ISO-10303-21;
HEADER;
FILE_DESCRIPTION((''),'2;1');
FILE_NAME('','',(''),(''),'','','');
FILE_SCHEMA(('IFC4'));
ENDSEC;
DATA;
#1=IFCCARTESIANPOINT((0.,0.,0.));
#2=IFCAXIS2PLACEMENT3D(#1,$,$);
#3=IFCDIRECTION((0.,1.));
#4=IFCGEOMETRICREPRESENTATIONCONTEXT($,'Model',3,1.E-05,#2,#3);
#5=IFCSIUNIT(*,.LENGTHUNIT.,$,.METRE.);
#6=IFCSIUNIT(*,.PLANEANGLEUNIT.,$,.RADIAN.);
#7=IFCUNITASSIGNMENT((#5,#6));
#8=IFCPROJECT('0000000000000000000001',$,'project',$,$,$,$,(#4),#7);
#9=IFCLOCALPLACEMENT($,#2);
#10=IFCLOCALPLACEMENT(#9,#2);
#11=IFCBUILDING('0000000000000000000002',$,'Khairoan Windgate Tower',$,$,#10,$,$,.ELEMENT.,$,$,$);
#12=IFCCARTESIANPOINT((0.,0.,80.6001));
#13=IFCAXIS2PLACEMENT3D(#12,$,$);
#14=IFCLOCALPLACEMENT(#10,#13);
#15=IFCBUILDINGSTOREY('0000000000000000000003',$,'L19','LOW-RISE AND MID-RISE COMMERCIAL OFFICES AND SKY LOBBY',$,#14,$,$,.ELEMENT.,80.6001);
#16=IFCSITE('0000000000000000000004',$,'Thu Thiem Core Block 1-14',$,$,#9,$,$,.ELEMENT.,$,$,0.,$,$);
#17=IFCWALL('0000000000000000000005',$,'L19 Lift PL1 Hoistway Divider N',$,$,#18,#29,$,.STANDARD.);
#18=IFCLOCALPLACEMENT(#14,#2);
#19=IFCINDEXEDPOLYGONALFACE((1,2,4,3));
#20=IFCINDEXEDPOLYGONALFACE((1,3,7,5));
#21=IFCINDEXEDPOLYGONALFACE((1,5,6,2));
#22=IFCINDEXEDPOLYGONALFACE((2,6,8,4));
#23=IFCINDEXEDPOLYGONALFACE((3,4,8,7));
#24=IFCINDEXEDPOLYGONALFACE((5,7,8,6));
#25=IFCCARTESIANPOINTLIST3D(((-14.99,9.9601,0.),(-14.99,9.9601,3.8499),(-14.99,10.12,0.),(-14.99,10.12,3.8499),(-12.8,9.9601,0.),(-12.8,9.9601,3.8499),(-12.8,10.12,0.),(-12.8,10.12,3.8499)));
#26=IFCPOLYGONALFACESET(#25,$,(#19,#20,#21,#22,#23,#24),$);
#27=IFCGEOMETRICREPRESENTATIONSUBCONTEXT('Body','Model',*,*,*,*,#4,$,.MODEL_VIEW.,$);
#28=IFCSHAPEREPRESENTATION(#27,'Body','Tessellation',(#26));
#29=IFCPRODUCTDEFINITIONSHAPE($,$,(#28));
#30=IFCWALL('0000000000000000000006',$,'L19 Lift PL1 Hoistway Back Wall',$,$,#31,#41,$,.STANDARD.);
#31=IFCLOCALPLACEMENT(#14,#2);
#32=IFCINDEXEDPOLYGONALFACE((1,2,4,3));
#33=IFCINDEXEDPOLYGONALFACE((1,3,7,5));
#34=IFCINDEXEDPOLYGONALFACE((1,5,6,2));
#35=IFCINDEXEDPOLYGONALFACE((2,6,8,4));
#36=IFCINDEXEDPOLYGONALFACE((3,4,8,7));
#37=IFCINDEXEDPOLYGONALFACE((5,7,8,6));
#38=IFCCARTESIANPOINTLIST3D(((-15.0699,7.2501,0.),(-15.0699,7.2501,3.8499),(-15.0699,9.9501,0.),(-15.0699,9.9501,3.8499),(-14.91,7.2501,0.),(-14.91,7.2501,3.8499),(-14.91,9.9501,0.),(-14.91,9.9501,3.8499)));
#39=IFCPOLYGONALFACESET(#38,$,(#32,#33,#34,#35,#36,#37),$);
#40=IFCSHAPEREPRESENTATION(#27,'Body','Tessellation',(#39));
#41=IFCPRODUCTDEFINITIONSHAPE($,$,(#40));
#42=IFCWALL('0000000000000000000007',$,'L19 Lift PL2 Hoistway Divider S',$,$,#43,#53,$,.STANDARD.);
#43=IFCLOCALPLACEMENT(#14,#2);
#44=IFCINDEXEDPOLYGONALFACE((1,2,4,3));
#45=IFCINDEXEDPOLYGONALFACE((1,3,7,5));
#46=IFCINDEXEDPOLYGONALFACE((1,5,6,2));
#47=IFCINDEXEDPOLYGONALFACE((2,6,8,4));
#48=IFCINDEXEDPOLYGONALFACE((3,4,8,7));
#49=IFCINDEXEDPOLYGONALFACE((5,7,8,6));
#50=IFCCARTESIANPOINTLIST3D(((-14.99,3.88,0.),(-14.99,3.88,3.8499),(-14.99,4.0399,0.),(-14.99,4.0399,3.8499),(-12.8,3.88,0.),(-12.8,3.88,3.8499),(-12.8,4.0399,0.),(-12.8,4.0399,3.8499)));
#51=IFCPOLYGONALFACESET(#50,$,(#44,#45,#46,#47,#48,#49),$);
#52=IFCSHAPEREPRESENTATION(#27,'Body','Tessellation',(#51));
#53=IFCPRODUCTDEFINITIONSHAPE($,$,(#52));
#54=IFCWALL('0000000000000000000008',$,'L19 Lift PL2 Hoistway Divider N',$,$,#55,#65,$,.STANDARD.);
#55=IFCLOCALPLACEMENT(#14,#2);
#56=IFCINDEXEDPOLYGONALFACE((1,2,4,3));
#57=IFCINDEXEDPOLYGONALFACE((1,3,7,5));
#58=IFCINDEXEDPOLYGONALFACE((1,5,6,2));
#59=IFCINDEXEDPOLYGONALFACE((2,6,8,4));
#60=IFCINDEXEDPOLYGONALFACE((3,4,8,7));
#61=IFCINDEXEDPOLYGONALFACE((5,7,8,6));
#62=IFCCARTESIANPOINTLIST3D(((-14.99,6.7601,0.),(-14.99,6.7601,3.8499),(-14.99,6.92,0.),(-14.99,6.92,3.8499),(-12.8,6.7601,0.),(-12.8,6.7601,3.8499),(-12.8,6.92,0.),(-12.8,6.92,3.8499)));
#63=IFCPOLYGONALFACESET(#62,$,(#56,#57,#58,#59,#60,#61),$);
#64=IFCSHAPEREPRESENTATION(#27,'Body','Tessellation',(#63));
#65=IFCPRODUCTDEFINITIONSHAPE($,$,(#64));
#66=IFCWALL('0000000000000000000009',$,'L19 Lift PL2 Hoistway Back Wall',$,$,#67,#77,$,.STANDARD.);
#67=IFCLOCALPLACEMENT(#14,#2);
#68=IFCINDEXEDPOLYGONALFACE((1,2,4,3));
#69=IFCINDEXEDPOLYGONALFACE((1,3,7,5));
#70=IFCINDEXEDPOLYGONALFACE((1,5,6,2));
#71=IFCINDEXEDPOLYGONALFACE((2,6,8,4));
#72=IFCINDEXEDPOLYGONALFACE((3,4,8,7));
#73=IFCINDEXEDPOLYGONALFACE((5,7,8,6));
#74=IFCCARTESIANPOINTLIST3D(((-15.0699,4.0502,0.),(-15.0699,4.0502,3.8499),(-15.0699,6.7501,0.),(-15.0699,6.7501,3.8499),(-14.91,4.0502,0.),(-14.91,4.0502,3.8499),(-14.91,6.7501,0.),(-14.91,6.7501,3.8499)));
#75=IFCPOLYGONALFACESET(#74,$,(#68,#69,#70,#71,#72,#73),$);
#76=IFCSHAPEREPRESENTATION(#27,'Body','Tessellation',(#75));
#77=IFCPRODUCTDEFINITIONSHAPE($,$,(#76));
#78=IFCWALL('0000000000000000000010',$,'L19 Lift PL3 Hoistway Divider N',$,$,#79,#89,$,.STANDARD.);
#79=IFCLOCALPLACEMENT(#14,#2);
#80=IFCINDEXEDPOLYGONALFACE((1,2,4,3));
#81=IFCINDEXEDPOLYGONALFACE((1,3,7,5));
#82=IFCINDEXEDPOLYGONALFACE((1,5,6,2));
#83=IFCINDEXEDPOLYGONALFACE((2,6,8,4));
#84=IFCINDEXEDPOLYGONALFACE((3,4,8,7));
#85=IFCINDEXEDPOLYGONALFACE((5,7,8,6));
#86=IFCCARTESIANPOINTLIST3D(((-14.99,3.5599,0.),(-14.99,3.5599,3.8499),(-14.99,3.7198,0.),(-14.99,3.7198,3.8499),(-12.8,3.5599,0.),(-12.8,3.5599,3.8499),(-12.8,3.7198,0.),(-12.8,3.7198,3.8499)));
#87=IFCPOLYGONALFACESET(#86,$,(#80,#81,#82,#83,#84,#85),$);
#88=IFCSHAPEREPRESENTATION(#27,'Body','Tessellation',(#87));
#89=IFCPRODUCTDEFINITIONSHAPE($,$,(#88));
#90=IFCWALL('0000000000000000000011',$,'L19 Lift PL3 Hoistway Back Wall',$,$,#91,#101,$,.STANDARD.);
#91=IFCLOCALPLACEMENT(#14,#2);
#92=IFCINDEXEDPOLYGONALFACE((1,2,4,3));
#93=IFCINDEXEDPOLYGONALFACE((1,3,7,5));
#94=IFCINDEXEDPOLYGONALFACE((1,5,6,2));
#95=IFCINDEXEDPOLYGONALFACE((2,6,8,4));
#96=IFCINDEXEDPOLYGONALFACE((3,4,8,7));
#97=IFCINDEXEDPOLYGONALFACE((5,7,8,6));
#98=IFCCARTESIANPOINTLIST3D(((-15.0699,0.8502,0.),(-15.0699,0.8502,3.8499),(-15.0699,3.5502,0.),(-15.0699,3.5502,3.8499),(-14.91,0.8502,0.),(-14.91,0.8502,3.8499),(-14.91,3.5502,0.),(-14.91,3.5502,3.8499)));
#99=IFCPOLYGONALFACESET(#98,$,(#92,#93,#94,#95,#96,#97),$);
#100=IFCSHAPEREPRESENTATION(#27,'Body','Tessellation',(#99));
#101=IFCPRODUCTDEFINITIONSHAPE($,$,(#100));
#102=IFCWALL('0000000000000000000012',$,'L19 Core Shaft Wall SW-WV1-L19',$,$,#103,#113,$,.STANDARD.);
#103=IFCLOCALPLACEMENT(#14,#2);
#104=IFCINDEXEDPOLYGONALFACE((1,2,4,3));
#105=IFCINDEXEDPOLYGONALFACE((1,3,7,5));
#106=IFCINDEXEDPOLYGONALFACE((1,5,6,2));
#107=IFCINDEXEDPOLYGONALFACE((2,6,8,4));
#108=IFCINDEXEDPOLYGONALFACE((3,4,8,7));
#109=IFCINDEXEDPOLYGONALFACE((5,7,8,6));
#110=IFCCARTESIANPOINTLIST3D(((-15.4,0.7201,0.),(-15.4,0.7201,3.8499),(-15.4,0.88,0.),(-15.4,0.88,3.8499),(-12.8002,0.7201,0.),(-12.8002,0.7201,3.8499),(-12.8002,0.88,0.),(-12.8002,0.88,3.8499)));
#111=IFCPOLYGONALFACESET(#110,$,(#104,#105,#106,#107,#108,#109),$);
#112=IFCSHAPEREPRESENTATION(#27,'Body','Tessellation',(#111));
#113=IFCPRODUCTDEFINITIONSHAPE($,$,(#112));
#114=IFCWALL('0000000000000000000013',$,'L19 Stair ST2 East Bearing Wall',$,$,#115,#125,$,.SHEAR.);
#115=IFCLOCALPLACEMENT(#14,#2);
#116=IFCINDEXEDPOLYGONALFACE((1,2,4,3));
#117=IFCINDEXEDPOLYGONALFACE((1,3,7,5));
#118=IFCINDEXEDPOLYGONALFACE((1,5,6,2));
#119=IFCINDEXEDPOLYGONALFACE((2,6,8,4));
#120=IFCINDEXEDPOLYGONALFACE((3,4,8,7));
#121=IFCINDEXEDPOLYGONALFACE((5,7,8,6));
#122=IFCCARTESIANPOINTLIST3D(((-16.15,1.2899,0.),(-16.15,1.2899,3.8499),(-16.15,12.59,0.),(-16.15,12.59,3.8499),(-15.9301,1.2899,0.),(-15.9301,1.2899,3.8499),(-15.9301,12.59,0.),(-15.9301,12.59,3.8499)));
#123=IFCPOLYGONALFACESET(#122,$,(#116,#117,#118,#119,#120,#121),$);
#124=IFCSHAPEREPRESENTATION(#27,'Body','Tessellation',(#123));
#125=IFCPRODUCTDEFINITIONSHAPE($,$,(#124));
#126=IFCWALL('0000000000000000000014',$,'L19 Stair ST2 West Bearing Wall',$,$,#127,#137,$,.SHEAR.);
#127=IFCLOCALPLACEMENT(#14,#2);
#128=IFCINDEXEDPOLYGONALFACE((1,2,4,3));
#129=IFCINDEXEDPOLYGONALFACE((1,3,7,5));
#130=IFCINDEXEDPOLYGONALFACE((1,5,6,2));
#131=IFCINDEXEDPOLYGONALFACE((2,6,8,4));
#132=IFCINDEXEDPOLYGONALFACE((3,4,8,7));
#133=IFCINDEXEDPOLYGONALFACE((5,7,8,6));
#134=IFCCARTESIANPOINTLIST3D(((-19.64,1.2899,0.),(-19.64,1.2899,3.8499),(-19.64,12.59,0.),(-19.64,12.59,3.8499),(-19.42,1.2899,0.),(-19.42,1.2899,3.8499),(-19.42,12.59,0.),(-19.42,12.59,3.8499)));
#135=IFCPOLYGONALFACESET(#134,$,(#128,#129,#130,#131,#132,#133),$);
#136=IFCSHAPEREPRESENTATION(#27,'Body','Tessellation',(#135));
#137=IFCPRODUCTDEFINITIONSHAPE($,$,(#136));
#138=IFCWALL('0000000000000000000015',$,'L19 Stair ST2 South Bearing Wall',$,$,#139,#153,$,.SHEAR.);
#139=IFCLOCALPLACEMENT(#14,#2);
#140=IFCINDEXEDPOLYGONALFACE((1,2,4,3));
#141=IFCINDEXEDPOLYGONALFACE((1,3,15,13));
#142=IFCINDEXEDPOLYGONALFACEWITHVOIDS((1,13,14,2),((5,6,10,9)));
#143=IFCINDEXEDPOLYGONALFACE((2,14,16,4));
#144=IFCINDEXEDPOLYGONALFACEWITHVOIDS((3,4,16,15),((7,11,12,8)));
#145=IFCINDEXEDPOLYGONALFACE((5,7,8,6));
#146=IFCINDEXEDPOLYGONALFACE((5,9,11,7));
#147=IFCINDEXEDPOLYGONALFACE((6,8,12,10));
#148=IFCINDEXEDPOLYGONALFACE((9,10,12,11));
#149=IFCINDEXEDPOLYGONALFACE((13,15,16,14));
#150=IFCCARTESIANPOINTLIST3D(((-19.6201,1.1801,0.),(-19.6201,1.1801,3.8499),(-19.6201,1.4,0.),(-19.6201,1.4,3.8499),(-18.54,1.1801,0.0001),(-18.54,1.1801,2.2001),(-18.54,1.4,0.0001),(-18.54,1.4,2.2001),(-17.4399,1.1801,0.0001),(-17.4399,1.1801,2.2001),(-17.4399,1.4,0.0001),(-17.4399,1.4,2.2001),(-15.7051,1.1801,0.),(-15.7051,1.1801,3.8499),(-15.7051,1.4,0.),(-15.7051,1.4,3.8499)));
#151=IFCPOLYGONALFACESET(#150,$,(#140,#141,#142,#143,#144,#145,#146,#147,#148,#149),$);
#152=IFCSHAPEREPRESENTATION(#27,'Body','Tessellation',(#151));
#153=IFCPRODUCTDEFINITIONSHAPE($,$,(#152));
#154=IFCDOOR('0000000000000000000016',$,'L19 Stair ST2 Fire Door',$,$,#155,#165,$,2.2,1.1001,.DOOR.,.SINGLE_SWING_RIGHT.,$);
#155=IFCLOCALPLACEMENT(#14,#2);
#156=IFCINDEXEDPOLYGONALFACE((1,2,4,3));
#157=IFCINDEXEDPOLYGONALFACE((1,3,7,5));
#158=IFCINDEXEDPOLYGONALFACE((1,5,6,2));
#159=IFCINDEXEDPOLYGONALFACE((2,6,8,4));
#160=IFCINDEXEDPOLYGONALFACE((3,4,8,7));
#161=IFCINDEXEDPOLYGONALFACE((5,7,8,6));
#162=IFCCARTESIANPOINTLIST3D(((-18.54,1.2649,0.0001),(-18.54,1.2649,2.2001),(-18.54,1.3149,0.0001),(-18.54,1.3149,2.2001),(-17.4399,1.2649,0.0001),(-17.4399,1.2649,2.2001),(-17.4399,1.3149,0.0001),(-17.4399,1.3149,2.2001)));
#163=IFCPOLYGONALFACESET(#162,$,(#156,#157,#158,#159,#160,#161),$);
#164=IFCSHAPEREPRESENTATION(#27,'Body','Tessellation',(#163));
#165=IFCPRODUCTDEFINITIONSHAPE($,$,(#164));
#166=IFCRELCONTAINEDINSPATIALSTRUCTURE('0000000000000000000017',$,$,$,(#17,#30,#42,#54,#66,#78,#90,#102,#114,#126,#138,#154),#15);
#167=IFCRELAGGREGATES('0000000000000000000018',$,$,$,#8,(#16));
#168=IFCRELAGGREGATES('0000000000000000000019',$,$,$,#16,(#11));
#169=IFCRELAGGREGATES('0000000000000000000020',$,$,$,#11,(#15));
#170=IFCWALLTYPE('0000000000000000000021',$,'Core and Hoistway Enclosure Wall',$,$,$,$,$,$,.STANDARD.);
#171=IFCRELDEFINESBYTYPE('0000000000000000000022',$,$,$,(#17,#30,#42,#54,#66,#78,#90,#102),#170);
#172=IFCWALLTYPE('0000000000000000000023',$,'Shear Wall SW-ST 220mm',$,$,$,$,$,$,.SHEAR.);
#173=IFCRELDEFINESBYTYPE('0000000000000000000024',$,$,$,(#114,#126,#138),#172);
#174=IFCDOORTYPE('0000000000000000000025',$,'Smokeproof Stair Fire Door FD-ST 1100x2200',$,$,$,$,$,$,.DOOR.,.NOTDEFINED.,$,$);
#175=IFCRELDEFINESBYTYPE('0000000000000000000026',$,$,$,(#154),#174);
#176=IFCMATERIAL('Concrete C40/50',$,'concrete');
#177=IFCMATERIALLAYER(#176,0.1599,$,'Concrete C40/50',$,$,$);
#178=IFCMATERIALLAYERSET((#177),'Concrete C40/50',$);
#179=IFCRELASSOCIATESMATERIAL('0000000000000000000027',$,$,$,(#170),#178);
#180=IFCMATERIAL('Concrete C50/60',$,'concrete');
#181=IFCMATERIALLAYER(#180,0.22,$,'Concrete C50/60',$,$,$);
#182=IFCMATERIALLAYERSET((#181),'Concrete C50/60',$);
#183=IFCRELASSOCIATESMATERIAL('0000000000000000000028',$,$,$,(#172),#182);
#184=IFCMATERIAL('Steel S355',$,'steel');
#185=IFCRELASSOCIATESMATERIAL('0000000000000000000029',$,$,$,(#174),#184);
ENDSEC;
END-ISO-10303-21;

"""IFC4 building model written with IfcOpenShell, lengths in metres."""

from ifc_helpers import new_model, si_unit, direction, frame, frame_2d, origin, place, context, subcontext, project, spatial, rectangle, extrude, material, layer, layer_set, type_object, element, fill, save


model = new_model("IFC4")

# Units and contexts
model_context = context("Model", 3, precision=1e-05, world=origin(), true_north=direction((0.0, 1.0)))
body_context = subcontext(model_context, "Body", "Model", "MODEL_VIEW")
ifc_project = project(units=[si_unit("LENGTHUNIT", "METRE"), si_unit("PLANEANGLEUNIT", "RADIAN")], contexts=[model_context])

# Site, building, storey
site_placement = place(None, origin())
site = spatial("IfcSite", under=ifc_project, at=site_placement, Name="Thu Thiem Core Block 1-14", CompositionType="ELEMENT", RefElevation=0.0)
building_placement = place(site_placement, origin())
building = spatial("IfcBuilding", under=site, at=building_placement, Name="Khairoan Windgate Tower", CompositionType="ELEMENT")
storey_placement = place(building_placement, frame((0.0, 0.0, 80.6001)))
storey = spatial("IfcBuildingStorey", under=building, at=storey_placement, Name="L19", Description="LOW-RISE AND MID-RISE COMMERCIAL OFFICES AND SKY LOBBY", CompositionType="ELEMENT", Elevation=80.6001)

# Walls
ifc_material_1 = material(Name="Concrete C40/50", Category="concrete")
ifc_layer_1 = layer(ifc_material_1, 0.1599, Name="Concrete C40/50")
ifc_layer_set_1 = layer_set([ifc_layer_1], Name="Concrete C40/50")
wall_type_1 = type_object("IfcWallType", Name="Core and Hoistway Enclosure Wall", PredefinedType="STANDARD", material=ifc_layer_set_1)
for number, where, z_axis, x_axis, name in (
    (1, (-14.99, 10.04, 0.0), (0.0, 0.0, 1.0), (1.0, 0.0, 0.0), "L19 Lift PL1 Hoistway Divider N"),
):
    element("IfcWall", number, at=place(storey_placement, frame(where, z_axis=z_axis, x_axis=x_axis)), inside=storey, type_object=wall_type_1, Name=name, PredefinedType="STANDARD", context=body_context, shape_type="SweptSolid", body=[
        extrude(rectangle(XDim=2.1899, YDim=0.1599, at=frame_2d((1.095, 0.0))), origin(), (0.0, 0.0, 1.0), 3.8499),
    ])
wall_1_placement = place(storey_placement, frame((-14.99, 7.25, 0.0), z_axis=(0.0, 0.0, 1.0), x_axis=(0.0, 1.0, 0.0)))
element("IfcWall", 2, at=wall_1_placement, inside=storey, type_object=wall_type_1, Name="L19 Lift PL1 Hoistway Back Wall", PredefinedType="STANDARD", context=body_context, shape_type="SweptSolid", body=[
    extrude(rectangle(XDim=2.7, YDim=0.1599, at=frame_2d((1.3501, 0.0))), origin(), (0.0, 0.0, 1.0), 3.8499),
])
for number, where, z_axis, x_axis, name in (
    (3, (-14.99, 3.96, 0.0), (0.0, 0.0, 1.0), (1.0, 0.0, 0.0), "L19 Lift PL2 Hoistway Divider S"),
    (4, (-14.99, 6.8401, 0.0), (0.0, 0.0, 1.0), (1.0, 0.0, 0.0), "L19 Lift PL2 Hoistway Divider N"),
):
    element("IfcWall", number, at=place(storey_placement, frame(where, z_axis=z_axis, x_axis=x_axis)), inside=storey, type_object=wall_type_1, Name=name, PredefinedType="STANDARD", context=body_context, shape_type="SweptSolid", body=[
        extrude(rectangle(XDim=2.1899, YDim=0.1599, at=frame_2d((1.095, 0.0))), origin(), (0.0, 0.0, 1.0), 3.8499),
    ])
wall_2_placement = place(storey_placement, frame((-14.99, 4.05, 0.0), z_axis=(0.0, 0.0, 1.0), x_axis=(0.0, 1.0, 0.0)))
element("IfcWall", 5, at=wall_2_placement, inside=storey, type_object=wall_type_1, Name="L19 Lift PL2 Hoistway Back Wall", PredefinedType="STANDARD", context=body_context, shape_type="SweptSolid", body=[
    extrude(rectangle(XDim=2.7, YDim=0.1599, at=frame_2d((1.3501, 0.0))), origin(), (0.0, 0.0, 1.0), 3.8499),
])
wall_3_placement = place(storey_placement, frame((-14.99, 3.6399, 0.0), z_axis=(0.0, 0.0, 1.0), x_axis=(1.0, 0.0, 0.0)))
element("IfcWall", 6, at=wall_3_placement, inside=storey, type_object=wall_type_1, Name="L19 Lift PL3 Hoistway Divider N", PredefinedType="STANDARD", context=body_context, shape_type="SweptSolid", body=[
    extrude(rectangle(XDim=2.1899, YDim=0.1599, at=frame_2d((1.095, 0.0))), origin(), (0.0, 0.0, 1.0), 3.8499),
])
wall_4_placement = place(storey_placement, frame((-14.99, 0.8501, 0.0), z_axis=(0.0, 0.0, 1.0), x_axis=(0.0, 1.0, 0.0)))
element("IfcWall", 7, at=wall_4_placement, inside=storey, type_object=wall_type_1, Name="L19 Lift PL3 Hoistway Back Wall", PredefinedType="STANDARD", context=body_context, shape_type="SweptSolid", body=[
    extrude(rectangle(XDim=2.7, YDim=0.1599, at=frame_2d((1.3501, 0.0))), origin(), (0.0, 0.0, 1.0), 3.8499),
])
wall_5_placement = place(storey_placement, frame((-15.3999, 0.8, 0.0), z_axis=(0.0, 0.0, 1.0), x_axis=(1.0, 0.0, 0.0)))
element("IfcWall", 8, at=wall_5_placement, inside=storey, type_object=wall_type_1, Name="L19 Core Shaft Wall SW-WV1-L19", PredefinedType="STANDARD", context=body_context, shape_type="SweptSolid", body=[
    extrude(rectangle(XDim=2.5999, YDim=0.1599, at=frame_2d((1.2998, 0.0))), origin(), (0.0, 0.0, 1.0), 3.8499),
])
ifc_material_2 = material(Name="Concrete C50/60", Category="concrete")
ifc_layer_2 = layer(ifc_material_2, 0.22, Name="Concrete C50/60")
ifc_layer_set_2 = layer_set([ifc_layer_2], Name="Concrete C50/60")
wall_type_2 = type_object("IfcWallType", Name="Shear Wall SW-ST 220mm", PredefinedType="SHEAR", material=ifc_layer_set_2)
for number, where, z_axis, x_axis, name in (
    (9, (-16.04, 1.29, 0.0), (0.0, 0.0, 1.0), (0.0, 1.0, 0.0), "L19 Stair ST2 East Bearing Wall"),
    (10, (-19.53, 1.29, 0.0), (0.0, 0.0, 1.0), (0.0, 1.0, 0.0), "L19 Stair ST2 West Bearing Wall"),
):
    element("IfcWall", number, at=place(storey_placement, frame(where, z_axis=z_axis, x_axis=x_axis)), inside=storey, type_object=wall_type_2, Name=name, PredefinedType="SHEAR", context=body_context, shape_type="SweptSolid", body=[
        extrude(rectangle(XDim=11.3, YDim=0.22, at=frame_2d((5.6499, 0.0))), origin(), (0.0, 0.0, 1.0), 3.8499),
    ])

# Wall, opening, door
wall_6_placement = place(storey_placement, frame((-19.6201, 1.29, 0.0), z_axis=(0.0, 0.0, 1.0), x_axis=(1.0, 0.0, 0.0)))
wall_6 = element("IfcWall", 11, at=wall_6_placement, inside=storey, type_object=wall_type_2, Name="L19 Stair ST2 South Bearing Wall", PredefinedType="SHEAR", context=body_context, shape_type="SweptSolid", body=[
    extrude(rectangle(XDim=3.915, YDim=0.22, at=frame_2d((1.9575, 0.0))), origin(), (0.0, 0.0, 1.0), 3.8499),
])
opening_placement = place(wall_6_placement, frame((1.0801, 0.0, 0.0)))
opening = element("IfcOpeningElement", 12, at=opening_placement, cuts=wall_6, PredefinedType="OPENING", context=body_context, shape_type="SweptSolid", body=[
    extrude(rectangle(XDim=1.1001, YDim=2.2, at=frame_2d((0.55, 1.1001))), frame((0.0, 0.1199, 0.0), z_axis=(0.0, -1.0, 0.0), x_axis=(1.0, 0.0, 0.0)), (0.0, 0.0, 1.0), 0.24),
])
ifc_material_3 = material(Name="Steel S355", Category="steel")
door_type = type_object("IfcDoorType", Name="Smokeproof Stair Fire Door FD-ST 1100x2200", OperationType="NOTDEFINED", PredefinedType="DOOR", material=ifc_material_3)
door_placement = place(opening_placement, origin())
door = element("IfcDoor", 13, at=door_placement, inside=storey, type_object=door_type, Name="L19 Stair ST2 Fire Door", OperationType="SINGLE_SWING_RIGHT", OverallHeight=2.2, OverallWidth=1.1001, PredefinedType="DOOR", context=body_context, shape_type="SweptSolid", body=[
    extrude(rectangle(XDim=1.1001, YDim=2.2, at=frame_2d((0.55, 1.1001))), frame((0.0, 0.0249, 0.0), z_axis=(0.0, -1.0, 0.0), x_axis=(1.0, 0.0, 0.0)), (0.0, 0.0, 1.0), 0.05),
])
fill(opening, door)

save(model, "model.ifc")
